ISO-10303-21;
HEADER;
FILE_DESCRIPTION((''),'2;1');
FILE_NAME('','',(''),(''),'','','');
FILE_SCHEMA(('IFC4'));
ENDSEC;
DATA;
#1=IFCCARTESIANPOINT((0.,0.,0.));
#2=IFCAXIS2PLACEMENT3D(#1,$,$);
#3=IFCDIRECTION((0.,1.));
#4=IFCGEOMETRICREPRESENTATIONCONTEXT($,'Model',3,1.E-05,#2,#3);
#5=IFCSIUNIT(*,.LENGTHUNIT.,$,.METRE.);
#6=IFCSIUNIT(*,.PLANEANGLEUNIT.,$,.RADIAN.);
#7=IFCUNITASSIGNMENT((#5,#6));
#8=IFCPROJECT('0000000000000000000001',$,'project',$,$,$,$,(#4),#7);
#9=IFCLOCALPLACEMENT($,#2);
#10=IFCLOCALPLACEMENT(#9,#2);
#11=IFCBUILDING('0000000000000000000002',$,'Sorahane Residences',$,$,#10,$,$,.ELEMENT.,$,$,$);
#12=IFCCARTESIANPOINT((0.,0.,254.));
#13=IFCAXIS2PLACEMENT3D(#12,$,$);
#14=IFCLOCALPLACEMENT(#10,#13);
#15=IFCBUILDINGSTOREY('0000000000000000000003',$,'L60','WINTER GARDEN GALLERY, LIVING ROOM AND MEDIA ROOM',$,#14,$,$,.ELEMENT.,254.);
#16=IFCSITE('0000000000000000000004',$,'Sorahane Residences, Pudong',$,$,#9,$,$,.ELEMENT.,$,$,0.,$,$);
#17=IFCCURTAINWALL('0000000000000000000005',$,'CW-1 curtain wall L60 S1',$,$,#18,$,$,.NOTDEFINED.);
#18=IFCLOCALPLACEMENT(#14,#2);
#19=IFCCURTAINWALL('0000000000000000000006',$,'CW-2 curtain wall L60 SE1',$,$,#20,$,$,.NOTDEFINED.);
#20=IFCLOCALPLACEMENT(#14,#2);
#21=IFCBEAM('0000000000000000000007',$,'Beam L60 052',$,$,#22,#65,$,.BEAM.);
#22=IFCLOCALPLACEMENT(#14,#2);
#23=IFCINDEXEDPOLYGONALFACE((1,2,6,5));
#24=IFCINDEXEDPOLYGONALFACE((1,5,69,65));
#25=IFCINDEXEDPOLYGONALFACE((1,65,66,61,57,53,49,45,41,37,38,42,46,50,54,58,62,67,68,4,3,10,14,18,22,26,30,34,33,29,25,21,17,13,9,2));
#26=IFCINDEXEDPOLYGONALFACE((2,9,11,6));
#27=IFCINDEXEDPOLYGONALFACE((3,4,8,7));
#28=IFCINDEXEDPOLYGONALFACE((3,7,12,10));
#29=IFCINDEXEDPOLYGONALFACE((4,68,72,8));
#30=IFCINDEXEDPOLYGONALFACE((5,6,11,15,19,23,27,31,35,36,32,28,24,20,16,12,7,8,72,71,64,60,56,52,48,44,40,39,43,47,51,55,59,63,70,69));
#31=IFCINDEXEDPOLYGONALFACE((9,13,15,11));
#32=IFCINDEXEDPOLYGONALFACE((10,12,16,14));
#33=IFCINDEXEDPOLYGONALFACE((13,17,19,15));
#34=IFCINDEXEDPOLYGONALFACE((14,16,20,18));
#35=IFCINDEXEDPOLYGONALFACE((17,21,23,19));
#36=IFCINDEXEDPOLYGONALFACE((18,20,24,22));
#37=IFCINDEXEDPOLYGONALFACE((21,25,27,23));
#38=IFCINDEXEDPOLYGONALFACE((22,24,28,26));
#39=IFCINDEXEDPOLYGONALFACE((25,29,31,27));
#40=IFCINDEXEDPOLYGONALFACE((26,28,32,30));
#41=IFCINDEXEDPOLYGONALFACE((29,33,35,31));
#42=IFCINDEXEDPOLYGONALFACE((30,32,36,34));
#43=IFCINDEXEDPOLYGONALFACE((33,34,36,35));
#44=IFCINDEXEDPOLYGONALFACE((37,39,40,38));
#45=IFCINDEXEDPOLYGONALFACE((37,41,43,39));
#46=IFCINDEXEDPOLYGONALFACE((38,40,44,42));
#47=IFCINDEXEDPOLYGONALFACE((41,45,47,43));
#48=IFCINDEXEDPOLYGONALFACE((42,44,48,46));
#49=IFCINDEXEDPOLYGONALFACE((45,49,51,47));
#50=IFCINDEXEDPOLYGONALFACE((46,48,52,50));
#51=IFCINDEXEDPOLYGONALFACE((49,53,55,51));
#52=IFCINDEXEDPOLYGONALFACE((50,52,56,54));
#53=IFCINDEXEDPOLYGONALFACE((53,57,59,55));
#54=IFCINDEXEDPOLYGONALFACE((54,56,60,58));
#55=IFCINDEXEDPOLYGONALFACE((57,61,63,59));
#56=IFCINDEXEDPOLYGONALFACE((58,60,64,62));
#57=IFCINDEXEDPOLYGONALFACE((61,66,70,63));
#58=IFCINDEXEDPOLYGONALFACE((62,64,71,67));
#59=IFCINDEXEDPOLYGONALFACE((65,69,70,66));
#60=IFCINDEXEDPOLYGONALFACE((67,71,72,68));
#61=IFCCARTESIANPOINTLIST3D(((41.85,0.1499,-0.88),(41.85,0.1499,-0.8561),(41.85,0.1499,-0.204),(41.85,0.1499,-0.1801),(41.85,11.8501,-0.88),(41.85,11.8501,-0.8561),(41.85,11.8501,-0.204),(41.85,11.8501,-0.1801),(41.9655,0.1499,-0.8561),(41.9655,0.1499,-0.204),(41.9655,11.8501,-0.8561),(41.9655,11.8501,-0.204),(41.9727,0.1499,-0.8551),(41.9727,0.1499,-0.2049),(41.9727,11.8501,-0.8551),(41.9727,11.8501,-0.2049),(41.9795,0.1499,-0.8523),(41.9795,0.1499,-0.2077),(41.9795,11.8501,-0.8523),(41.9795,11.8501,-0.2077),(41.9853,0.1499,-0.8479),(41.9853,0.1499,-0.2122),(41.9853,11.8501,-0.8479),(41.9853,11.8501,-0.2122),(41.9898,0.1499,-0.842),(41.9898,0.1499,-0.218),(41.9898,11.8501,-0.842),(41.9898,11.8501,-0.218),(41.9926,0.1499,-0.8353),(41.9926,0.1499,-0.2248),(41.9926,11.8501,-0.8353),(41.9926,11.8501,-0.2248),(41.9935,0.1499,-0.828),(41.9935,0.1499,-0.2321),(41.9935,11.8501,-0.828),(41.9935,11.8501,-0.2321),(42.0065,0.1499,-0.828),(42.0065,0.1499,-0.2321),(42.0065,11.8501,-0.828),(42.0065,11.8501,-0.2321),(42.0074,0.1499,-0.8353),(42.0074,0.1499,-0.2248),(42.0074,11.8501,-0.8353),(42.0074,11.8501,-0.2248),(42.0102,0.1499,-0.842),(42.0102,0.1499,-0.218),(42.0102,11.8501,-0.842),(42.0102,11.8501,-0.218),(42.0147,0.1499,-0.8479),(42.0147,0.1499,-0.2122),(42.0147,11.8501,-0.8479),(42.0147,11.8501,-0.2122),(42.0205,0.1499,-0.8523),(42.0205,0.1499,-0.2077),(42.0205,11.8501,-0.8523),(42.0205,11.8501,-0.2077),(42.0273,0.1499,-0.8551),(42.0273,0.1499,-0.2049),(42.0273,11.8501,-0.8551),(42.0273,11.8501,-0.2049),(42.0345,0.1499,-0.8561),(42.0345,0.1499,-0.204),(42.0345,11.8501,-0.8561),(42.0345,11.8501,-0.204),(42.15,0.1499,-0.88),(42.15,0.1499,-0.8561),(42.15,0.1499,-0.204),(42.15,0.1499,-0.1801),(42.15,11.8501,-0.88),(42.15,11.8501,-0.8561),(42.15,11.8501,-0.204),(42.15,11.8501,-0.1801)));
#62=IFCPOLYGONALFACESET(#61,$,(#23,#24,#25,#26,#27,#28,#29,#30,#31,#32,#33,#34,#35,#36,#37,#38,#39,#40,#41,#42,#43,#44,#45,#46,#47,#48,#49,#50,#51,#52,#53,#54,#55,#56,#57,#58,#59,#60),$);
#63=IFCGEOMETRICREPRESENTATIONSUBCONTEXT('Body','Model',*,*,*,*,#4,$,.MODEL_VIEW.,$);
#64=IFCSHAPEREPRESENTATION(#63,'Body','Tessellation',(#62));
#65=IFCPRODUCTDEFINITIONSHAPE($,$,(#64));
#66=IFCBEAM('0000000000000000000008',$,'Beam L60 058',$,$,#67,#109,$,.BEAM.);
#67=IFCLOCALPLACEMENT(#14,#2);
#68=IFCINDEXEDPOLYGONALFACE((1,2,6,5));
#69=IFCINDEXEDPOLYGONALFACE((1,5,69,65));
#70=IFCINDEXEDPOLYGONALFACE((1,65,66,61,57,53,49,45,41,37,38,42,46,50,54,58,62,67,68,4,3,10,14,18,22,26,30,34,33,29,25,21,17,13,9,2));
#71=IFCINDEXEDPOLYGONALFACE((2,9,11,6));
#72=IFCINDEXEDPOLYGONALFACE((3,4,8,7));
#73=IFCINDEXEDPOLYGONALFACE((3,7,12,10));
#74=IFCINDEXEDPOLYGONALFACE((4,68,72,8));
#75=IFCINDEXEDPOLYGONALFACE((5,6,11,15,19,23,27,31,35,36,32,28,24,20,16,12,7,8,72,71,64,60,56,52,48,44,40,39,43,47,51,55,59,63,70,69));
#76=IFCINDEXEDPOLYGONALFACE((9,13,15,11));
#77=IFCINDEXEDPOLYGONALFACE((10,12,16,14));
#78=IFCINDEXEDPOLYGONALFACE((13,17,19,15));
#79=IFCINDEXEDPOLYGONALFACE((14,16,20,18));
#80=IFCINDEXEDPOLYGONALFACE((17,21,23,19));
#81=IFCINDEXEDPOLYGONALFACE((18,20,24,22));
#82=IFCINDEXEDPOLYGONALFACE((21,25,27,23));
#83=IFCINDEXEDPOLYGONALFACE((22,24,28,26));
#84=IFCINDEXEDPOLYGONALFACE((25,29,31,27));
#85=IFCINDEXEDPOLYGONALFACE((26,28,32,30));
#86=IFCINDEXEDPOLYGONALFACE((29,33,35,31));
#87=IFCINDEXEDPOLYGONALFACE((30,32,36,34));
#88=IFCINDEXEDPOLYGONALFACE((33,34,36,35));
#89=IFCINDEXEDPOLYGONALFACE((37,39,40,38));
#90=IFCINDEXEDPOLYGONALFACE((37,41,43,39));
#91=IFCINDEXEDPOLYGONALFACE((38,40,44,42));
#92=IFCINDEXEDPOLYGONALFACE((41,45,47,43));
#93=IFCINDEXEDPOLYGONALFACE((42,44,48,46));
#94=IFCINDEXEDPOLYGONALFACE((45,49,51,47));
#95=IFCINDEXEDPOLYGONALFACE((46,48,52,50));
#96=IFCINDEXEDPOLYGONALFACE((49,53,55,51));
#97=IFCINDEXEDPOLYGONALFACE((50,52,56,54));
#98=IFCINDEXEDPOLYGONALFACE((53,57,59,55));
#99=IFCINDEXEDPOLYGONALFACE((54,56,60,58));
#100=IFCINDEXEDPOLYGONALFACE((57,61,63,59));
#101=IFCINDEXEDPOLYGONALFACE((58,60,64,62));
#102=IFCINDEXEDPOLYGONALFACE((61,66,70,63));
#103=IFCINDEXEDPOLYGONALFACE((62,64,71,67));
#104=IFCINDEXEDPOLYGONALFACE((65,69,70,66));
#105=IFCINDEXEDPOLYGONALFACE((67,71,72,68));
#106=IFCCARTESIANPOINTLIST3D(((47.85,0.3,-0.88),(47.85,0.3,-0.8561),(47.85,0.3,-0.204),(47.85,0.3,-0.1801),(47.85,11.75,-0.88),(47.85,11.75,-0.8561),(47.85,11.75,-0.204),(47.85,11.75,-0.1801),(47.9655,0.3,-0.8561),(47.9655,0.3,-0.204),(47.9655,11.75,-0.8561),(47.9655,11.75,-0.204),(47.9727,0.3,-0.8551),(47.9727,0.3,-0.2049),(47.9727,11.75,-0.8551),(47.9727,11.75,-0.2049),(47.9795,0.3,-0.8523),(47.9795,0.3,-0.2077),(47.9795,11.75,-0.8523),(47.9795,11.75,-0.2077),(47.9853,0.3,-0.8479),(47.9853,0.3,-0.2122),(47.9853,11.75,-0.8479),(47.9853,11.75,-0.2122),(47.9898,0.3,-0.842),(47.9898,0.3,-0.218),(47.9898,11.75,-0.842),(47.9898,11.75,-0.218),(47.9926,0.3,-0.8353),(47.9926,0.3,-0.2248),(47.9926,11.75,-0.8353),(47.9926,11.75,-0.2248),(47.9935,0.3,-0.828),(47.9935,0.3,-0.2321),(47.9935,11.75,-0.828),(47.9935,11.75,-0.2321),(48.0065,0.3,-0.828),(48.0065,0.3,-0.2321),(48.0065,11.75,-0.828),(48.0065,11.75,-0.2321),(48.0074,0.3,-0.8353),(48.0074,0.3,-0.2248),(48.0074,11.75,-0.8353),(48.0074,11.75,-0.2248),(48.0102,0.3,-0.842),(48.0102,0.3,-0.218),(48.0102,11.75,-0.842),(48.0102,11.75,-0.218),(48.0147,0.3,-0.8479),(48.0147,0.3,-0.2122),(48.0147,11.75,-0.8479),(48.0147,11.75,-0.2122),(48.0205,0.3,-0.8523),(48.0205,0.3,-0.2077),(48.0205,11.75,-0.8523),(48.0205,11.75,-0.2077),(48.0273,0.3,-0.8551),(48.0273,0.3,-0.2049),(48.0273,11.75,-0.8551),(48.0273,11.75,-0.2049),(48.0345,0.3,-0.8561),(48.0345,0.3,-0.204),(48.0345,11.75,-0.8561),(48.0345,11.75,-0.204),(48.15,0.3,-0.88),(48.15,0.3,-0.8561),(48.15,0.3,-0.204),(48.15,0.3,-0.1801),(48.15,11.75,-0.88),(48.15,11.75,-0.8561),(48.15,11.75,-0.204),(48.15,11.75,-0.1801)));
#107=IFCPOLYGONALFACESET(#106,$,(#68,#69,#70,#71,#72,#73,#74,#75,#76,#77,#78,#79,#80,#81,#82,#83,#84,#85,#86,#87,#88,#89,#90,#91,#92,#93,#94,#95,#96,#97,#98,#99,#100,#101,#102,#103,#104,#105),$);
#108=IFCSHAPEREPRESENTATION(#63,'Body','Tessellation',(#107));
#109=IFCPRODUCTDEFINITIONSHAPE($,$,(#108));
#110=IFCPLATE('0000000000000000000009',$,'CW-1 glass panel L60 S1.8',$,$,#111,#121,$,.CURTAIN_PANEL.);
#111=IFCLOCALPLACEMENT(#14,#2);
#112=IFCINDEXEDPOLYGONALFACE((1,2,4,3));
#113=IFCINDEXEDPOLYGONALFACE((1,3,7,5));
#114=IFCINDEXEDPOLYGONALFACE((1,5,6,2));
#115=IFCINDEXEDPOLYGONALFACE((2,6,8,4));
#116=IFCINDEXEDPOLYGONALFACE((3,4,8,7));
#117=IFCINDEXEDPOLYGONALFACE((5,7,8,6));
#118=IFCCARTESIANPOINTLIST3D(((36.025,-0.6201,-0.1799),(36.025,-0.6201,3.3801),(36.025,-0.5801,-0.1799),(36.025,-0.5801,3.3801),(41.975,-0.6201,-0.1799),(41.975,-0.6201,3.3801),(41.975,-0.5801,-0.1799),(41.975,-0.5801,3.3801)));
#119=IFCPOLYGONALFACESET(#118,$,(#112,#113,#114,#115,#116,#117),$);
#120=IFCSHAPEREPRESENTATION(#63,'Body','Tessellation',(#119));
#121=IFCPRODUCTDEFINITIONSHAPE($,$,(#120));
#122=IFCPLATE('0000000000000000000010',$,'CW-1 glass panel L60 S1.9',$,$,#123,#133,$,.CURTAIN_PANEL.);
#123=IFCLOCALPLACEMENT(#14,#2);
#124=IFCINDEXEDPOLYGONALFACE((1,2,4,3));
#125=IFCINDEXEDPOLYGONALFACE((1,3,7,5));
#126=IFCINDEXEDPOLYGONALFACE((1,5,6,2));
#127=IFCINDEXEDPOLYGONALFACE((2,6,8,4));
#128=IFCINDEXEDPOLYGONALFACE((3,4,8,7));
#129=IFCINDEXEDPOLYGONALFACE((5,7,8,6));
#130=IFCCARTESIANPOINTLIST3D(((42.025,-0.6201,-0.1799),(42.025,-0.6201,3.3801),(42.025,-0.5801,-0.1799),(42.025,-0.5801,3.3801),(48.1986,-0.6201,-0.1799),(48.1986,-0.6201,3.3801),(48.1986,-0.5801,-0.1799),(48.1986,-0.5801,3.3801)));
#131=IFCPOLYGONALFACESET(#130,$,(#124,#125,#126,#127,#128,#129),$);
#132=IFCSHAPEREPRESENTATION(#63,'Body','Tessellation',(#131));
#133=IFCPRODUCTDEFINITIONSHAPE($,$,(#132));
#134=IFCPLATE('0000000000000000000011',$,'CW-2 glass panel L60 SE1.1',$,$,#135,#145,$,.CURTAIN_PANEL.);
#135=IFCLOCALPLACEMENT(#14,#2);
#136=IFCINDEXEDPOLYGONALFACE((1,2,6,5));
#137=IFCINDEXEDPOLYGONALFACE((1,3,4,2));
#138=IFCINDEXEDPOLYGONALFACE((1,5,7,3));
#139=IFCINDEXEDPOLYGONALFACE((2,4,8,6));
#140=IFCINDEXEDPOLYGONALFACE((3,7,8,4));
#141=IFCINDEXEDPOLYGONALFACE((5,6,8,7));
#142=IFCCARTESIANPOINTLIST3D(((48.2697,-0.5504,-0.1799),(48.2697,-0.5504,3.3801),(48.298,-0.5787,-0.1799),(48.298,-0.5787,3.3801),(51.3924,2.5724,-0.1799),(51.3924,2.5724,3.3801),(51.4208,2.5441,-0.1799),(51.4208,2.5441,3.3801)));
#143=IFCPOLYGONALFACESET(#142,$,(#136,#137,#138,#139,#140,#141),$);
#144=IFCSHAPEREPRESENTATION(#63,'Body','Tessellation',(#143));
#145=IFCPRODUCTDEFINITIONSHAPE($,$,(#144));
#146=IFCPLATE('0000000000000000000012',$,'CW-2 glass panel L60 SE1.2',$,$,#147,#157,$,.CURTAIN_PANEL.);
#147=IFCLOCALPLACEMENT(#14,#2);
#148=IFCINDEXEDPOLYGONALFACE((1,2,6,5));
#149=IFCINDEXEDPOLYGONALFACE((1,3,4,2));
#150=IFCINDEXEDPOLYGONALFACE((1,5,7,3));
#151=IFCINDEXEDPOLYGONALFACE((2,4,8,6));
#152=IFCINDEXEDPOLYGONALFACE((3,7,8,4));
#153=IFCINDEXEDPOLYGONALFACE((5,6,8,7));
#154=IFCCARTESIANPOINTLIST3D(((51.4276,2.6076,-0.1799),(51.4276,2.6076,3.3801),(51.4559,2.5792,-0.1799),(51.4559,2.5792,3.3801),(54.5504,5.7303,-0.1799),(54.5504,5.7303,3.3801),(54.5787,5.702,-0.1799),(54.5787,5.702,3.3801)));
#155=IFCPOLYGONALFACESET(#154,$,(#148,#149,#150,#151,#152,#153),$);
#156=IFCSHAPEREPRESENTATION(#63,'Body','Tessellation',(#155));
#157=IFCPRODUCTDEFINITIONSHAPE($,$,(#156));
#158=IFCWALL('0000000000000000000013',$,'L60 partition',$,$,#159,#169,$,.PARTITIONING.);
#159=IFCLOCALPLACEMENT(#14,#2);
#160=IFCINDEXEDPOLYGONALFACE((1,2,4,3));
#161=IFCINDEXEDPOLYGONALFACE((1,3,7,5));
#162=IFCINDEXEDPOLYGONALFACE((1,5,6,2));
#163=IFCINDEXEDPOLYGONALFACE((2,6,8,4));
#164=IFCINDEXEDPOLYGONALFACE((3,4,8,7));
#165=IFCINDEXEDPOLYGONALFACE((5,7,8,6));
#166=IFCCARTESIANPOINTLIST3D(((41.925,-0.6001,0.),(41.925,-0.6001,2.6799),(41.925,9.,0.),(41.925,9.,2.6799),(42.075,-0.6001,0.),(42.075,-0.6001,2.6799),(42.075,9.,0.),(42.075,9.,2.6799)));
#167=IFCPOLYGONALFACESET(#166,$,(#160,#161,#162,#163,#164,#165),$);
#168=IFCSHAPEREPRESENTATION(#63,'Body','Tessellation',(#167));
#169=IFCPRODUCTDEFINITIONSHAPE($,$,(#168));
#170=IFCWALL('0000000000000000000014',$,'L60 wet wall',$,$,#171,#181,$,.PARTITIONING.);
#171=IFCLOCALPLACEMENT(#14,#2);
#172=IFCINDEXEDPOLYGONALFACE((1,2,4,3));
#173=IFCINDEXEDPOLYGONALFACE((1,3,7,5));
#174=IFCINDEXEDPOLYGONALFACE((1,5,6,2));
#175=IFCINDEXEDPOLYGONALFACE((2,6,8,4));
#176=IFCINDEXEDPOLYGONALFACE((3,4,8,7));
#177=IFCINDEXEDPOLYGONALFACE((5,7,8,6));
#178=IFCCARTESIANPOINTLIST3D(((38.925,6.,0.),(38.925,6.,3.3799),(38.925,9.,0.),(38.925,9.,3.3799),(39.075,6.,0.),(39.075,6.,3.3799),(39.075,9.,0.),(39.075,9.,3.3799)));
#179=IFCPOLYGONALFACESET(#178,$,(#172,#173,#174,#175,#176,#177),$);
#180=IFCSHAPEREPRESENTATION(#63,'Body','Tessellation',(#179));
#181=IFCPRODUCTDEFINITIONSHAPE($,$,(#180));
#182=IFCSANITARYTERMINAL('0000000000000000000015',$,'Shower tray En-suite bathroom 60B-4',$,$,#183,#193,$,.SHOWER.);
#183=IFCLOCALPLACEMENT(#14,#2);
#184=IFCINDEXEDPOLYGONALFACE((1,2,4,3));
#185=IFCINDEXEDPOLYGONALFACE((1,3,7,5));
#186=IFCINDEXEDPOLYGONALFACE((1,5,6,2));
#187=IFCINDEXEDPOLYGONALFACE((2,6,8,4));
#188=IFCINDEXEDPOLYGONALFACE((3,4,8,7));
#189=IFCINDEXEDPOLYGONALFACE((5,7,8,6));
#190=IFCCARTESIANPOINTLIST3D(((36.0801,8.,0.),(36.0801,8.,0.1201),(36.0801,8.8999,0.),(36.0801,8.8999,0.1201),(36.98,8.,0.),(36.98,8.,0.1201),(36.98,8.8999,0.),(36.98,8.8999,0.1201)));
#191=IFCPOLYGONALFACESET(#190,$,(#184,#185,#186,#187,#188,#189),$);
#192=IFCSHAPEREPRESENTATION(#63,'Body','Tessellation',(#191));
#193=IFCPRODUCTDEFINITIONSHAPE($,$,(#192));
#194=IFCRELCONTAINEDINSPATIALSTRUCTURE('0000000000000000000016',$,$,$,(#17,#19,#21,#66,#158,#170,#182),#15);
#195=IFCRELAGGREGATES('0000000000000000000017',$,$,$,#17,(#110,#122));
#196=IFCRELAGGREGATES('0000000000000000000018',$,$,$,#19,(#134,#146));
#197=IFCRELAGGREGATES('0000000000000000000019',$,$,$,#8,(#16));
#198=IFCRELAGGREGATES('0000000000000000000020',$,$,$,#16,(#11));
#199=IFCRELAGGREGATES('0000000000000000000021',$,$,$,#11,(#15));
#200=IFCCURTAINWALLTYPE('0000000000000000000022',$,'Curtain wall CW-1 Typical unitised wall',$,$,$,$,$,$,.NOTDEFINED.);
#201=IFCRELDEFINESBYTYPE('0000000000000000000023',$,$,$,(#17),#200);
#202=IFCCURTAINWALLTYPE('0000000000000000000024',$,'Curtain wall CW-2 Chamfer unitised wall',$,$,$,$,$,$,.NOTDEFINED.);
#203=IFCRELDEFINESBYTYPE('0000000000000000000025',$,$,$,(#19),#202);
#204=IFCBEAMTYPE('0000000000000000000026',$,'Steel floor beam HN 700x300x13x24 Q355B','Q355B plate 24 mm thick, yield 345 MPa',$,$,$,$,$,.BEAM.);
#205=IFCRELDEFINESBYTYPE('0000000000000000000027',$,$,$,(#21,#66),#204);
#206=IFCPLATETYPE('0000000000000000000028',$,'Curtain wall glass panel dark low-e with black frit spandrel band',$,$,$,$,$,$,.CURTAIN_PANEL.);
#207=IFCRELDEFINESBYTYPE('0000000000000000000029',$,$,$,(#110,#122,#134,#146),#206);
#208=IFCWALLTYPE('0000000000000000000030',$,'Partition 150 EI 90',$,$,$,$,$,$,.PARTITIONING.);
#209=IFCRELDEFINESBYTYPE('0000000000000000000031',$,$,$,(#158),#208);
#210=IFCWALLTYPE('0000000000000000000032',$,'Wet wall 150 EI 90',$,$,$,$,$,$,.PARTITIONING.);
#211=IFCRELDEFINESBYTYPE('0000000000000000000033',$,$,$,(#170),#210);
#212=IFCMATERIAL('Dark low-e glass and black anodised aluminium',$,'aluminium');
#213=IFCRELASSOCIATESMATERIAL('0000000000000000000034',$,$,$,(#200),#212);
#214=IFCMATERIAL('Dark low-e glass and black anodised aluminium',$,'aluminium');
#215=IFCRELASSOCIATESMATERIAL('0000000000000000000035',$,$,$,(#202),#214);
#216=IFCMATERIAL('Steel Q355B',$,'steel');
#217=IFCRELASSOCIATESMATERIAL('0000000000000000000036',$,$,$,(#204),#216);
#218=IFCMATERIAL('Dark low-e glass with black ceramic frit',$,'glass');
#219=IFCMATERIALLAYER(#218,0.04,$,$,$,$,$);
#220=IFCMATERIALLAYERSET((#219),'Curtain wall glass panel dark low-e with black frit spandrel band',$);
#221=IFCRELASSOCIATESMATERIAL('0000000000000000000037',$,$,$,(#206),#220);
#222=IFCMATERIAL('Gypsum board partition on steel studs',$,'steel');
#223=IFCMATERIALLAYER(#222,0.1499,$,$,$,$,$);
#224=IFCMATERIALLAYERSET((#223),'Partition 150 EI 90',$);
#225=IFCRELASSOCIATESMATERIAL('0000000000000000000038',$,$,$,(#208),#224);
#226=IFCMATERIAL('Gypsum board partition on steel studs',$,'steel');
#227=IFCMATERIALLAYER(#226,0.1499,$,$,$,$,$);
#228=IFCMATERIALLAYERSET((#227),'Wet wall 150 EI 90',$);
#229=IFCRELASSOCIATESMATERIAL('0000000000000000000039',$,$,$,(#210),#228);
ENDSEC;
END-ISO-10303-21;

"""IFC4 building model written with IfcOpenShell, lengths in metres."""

from ifc_helpers import new_model, si_unit, direction, frame, frame_2d, origin, origin_2d, place, context, subcontext, project, spatial, rectangle, i_section, extrude, material, layer, layer_set, material_profile, profile_set, type_object, element, aggregate, save


model = new_model("IFC4")

# Units and contexts
model_context = context("Model", 3, precision=1e-05, world=origin(), true_north=direction((0.0, 1.0)))
body_context = subcontext(model_context, "Body", "Model", "MODEL_VIEW")
ifc_project = project(units=[si_unit("LENGTHUNIT", "METRE"), si_unit("PLANEANGLEUNIT", "RADIAN")], contexts=[model_context])

# Site, building, storey
site_placement = place(None, origin())
site = spatial("IfcSite", under=ifc_project, at=site_placement, Name="Sorahane Residences, Pudong", CompositionType="ELEMENT", RefElevation=0.0)
building_placement = place(site_placement, origin())
building = spatial("IfcBuilding", under=site, at=building_placement, Name="Sorahane Residences", CompositionType="ELEMENT")
storey_placement = place(building_placement, frame((0.0, 0.0, 254.0)))
storey = spatial("IfcBuildingStorey", under=building, at=storey_placement, Name="L60", Description="WINTER GARDEN GALLERY, LIVING ROOM AND MEDIA ROOM", CompositionType="ELEMENT", Elevation=254.0)

# Curtain walls
ifc_material_1 = material(Name="Dark low-e glass and black anodised aluminium", Category="aluminium")
curtain_wall_type_1 = type_object("IfcCurtainWallType", Name="Curtain wall CW-1 Typical unitised wall", PredefinedType="NOTDEFINED", material=ifc_material_1)
curtain_wall_1_placement = place(storey_placement, origin())
curtain_wall_1 = element("IfcCurtainWall", 1, at=curtain_wall_1_placement, inside=storey, type_object=curtain_wall_type_1, Name="CW-1 curtain wall L60 S1", PredefinedType="NOTDEFINED")
ifc_material_2 = material(Name="Dark low-e glass and black anodised aluminium", Category="aluminium")
curtain_wall_type_2 = type_object("IfcCurtainWallType", Name="Curtain wall CW-2 Chamfer unitised wall", PredefinedType="NOTDEFINED", material=ifc_material_2)
curtain_wall_2_placement = place(storey_placement, origin())
curtain_wall_2 = element("IfcCurtainWall", 2, at=curtain_wall_2_placement, inside=storey, type_object=curtain_wall_type_2, Name="CW-2 curtain wall L60 SE1", PredefinedType="NOTDEFINED")

# Beams
ifc_material_3 = material(Name="Steel Q355B", Category="steel")
ifc_material_profile_1 = material_profile(ifc_material_3, i_section(OverallWidth=0.3, OverallDepth=0.7, WebThickness=0.0129, FlangeThickness=0.0239, FilletRadius=0.0281, at=origin_2d()), Name="HN 700x300x13x24")
ifc_profile_set_1 = profile_set([ifc_material_profile_1], Name="Steel Q355B")
beam_type_1 = type_object("IfcBeamType", Name="Steel floor beam HN 700x300x13x24 Q355B", Description="Q355B plate 24 mm thick, yield 345 MPa", PredefinedType="BEAM", material=ifc_profile_set_1)
beam_1_placement = place(storey_placement, frame((42.0, 0.1499, -0.53), z_axis=(0.0, 1.0, 0.0), x_axis=(-1.0, 0.0, 0.0)))
element("IfcBeam", 3, at=beam_1_placement, inside=storey, type_object=beam_type_1, Name="Beam L60 052", PredefinedType="BEAM", context=body_context, shape_type="SweptSolid", body=[
    extrude(i_section(OverallWidth=0.3, OverallDepth=0.7, WebThickness=0.0129, FlangeThickness=0.0239, FilletRadius=0.0281, at=origin_2d()), origin(), (0.0, 0.0, 1.0), 11.7002),
])
beam_2_placement = place(storey_placement, frame((48.0, 0.3, -0.53), z_axis=(0.0, 1.0, 0.0), x_axis=(-1.0, 0.0, 0.0)))
element("IfcBeam", 4, at=beam_2_placement, inside=storey, type_object=beam_type_1, Name="Beam L60 058", PredefinedType="BEAM", context=body_context, shape_type="SweptSolid", body=[
    extrude(i_section(OverallWidth=0.3, OverallDepth=0.7, WebThickness=0.0129, FlangeThickness=0.0239, FilletRadius=0.0281, at=origin_2d()), origin(), (0.0, 0.0, 1.0), 11.45),
])

# Plates
ifc_material_4 = material(Name="Dark low-e glass with black ceramic frit", Category="glass")
ifc_layer_1 = layer(ifc_material_4, 0.04)
ifc_layer_set_1 = layer_set([ifc_layer_1], Name="Curtain wall glass panel dark low-e with black frit spandrel band")
plate_type = type_object("IfcPlateType", Name="Curtain wall glass panel dark low-e with black frit spandrel band", PredefinedType="CURTAIN_PANEL", material=ifc_layer_set_1)
plate_1_placement = place(storey_placement, frame((39.0, -0.6001, -0.1799), z_axis=(0.0, 0.0, 1.0), x_axis=(1.0, 0.0, 0.0)))
plate_1 = element("IfcPlate", 5, at=plate_1_placement, type_object=plate_type, Name="CW-1 glass panel L60 S1.8", PredefinedType="CURTAIN_PANEL", context=body_context, shape_type="SweptSolid", body=[
    extrude(rectangle(XDim=5.95, YDim=0.04, at=origin_2d()), origin(), (0.0, 0.0, 1.0), 3.5601),
])
plate_2_placement = place(storey_placement, frame((45.1118, -0.6001, -0.1799), z_axis=(0.0, 0.0, 1.0), x_axis=(1.0, 0.0, 0.0)))
plate_2 = element("IfcPlate", 6, at=plate_2_placement, type_object=plate_type, Name="CW-1 glass panel L60 S1.9", PredefinedType="CURTAIN_PANEL", context=body_context, shape_type="SweptSolid", body=[
    extrude(rectangle(XDim=6.1736, YDim=0.04, at=origin_2d()), origin(), (0.0, 0.0, 1.0), 3.5601),
])
aggregate(curtain_wall_1, [plate_1, plate_2])
plate_3_placement = place(storey_placement, frame((49.8452, 0.9968, -0.1799), z_axis=(0.0, 0.0, 1.0), x_axis=(0.707107, 0.707107, 0.0)))
plate_3 = element("IfcPlate", 7, at=plate_3_placement, type_object=plate_type, Name="CW-2 glass panel L60 SE1.1", PredefinedType="CURTAIN_PANEL", context=body_context, shape_type="SweptSolid", body=[
    extrude(rectangle(XDim=4.4163, YDim=0.04, at=origin_2d()), origin(), (0.0, 0.0, 1.0), 3.5601),
])
plate_4_placement = place(storey_placement, frame((53.0032, 4.1548, -0.1799), z_axis=(0.0, 0.0, 1.0), x_axis=(0.707107, 0.707107, 0.0)))
plate_4 = element("IfcPlate", 8, at=plate_4_placement, type_object=plate_type, Name="CW-2 glass panel L60 SE1.2", PredefinedType="CURTAIN_PANEL", context=body_context, shape_type="SweptSolid", body=[
    extrude(rectangle(XDim=4.4163, YDim=0.04, at=origin_2d()), origin(), (0.0, 0.0, 1.0), 3.5601),
])
aggregate(curtain_wall_2, [plate_3, plate_4])

# Wall
ifc_material_5 = material(Name="Gypsum board partition on steel studs", Category="steel")
ifc_layer_2 = layer(ifc_material_5, 0.1499)
ifc_layer_set_2 = layer_set([ifc_layer_2], Name="Partition 150 EI 90")
wall_type_1 = type_object("IfcWallType", Name="Partition 150 EI 90", PredefinedType="PARTITIONING", material=ifc_layer_set_2)
wall_1_placement = place(storey_placement, frame((42.0, -0.6001, 0.0), z_axis=(0.0, 0.0, 1.0), x_axis=(0.0, 1.0, 0.0)))
element("IfcWall", 9, at=wall_1_placement, inside=storey, type_object=wall_type_1, Name="L60 partition", PredefinedType="PARTITIONING", context=body_context, shape_type="SweptSolid", body=[
    extrude(rectangle(XDim=9.6001, YDim=0.1499, at=frame_2d((4.8, 0.0))), origin(), (0.0, 0.0, 1.0), 2.6799),
])

# Wall
ifc_material_6 = material(Name="Gypsum board partition on steel studs", Category="steel")
ifc_layer_3 = layer(ifc_material_6, 0.1499)
ifc_layer_set_3 = layer_set([ifc_layer_3], Name="Wet wall 150 EI 90")
wall_type_2 = type_object("IfcWallType", Name="Wet wall 150 EI 90", PredefinedType="PARTITIONING", material=ifc_layer_set_3)
wall_2_placement = place(storey_placement, frame((39.0, 6.0, 0.0), z_axis=(0.0, 0.0, 1.0), x_axis=(0.0, 1.0, 0.0)))
element("IfcWall", 10, at=wall_2_placement, inside=storey, type_object=wall_type_2, Name="L60 wet wall", PredefinedType="PARTITIONING", context=body_context, shape_type="SweptSolid", body=[
    extrude(rectangle(XDim=3.0, YDim=0.1499, at=frame_2d((1.5, 0.0))), origin(), (0.0, 0.0, 1.0), 3.3799),
])

# Sanitary terminal
sanitary_terminal_1_placement = place(storey_placement, frame((36.53, 8.45, 0.0), z_axis=(0.0, 0.0, 1.0), x_axis=(1.0, 0.0, 0.0)))
element("IfcSanitaryTerminal", 11, at=sanitary_terminal_1_placement, inside=storey, Name="Shower tray En-suite bathroom 60B-4", PredefinedType="SHOWER", context=body_context, shape_type="SweptSolid", body=[
    extrude(rectangle(XDim=0.8999, YDim=0.8999, at=origin_2d()), origin(), (0.0, 0.0, 1.0), 0.1201),
])

save(model, "model.ifc")
